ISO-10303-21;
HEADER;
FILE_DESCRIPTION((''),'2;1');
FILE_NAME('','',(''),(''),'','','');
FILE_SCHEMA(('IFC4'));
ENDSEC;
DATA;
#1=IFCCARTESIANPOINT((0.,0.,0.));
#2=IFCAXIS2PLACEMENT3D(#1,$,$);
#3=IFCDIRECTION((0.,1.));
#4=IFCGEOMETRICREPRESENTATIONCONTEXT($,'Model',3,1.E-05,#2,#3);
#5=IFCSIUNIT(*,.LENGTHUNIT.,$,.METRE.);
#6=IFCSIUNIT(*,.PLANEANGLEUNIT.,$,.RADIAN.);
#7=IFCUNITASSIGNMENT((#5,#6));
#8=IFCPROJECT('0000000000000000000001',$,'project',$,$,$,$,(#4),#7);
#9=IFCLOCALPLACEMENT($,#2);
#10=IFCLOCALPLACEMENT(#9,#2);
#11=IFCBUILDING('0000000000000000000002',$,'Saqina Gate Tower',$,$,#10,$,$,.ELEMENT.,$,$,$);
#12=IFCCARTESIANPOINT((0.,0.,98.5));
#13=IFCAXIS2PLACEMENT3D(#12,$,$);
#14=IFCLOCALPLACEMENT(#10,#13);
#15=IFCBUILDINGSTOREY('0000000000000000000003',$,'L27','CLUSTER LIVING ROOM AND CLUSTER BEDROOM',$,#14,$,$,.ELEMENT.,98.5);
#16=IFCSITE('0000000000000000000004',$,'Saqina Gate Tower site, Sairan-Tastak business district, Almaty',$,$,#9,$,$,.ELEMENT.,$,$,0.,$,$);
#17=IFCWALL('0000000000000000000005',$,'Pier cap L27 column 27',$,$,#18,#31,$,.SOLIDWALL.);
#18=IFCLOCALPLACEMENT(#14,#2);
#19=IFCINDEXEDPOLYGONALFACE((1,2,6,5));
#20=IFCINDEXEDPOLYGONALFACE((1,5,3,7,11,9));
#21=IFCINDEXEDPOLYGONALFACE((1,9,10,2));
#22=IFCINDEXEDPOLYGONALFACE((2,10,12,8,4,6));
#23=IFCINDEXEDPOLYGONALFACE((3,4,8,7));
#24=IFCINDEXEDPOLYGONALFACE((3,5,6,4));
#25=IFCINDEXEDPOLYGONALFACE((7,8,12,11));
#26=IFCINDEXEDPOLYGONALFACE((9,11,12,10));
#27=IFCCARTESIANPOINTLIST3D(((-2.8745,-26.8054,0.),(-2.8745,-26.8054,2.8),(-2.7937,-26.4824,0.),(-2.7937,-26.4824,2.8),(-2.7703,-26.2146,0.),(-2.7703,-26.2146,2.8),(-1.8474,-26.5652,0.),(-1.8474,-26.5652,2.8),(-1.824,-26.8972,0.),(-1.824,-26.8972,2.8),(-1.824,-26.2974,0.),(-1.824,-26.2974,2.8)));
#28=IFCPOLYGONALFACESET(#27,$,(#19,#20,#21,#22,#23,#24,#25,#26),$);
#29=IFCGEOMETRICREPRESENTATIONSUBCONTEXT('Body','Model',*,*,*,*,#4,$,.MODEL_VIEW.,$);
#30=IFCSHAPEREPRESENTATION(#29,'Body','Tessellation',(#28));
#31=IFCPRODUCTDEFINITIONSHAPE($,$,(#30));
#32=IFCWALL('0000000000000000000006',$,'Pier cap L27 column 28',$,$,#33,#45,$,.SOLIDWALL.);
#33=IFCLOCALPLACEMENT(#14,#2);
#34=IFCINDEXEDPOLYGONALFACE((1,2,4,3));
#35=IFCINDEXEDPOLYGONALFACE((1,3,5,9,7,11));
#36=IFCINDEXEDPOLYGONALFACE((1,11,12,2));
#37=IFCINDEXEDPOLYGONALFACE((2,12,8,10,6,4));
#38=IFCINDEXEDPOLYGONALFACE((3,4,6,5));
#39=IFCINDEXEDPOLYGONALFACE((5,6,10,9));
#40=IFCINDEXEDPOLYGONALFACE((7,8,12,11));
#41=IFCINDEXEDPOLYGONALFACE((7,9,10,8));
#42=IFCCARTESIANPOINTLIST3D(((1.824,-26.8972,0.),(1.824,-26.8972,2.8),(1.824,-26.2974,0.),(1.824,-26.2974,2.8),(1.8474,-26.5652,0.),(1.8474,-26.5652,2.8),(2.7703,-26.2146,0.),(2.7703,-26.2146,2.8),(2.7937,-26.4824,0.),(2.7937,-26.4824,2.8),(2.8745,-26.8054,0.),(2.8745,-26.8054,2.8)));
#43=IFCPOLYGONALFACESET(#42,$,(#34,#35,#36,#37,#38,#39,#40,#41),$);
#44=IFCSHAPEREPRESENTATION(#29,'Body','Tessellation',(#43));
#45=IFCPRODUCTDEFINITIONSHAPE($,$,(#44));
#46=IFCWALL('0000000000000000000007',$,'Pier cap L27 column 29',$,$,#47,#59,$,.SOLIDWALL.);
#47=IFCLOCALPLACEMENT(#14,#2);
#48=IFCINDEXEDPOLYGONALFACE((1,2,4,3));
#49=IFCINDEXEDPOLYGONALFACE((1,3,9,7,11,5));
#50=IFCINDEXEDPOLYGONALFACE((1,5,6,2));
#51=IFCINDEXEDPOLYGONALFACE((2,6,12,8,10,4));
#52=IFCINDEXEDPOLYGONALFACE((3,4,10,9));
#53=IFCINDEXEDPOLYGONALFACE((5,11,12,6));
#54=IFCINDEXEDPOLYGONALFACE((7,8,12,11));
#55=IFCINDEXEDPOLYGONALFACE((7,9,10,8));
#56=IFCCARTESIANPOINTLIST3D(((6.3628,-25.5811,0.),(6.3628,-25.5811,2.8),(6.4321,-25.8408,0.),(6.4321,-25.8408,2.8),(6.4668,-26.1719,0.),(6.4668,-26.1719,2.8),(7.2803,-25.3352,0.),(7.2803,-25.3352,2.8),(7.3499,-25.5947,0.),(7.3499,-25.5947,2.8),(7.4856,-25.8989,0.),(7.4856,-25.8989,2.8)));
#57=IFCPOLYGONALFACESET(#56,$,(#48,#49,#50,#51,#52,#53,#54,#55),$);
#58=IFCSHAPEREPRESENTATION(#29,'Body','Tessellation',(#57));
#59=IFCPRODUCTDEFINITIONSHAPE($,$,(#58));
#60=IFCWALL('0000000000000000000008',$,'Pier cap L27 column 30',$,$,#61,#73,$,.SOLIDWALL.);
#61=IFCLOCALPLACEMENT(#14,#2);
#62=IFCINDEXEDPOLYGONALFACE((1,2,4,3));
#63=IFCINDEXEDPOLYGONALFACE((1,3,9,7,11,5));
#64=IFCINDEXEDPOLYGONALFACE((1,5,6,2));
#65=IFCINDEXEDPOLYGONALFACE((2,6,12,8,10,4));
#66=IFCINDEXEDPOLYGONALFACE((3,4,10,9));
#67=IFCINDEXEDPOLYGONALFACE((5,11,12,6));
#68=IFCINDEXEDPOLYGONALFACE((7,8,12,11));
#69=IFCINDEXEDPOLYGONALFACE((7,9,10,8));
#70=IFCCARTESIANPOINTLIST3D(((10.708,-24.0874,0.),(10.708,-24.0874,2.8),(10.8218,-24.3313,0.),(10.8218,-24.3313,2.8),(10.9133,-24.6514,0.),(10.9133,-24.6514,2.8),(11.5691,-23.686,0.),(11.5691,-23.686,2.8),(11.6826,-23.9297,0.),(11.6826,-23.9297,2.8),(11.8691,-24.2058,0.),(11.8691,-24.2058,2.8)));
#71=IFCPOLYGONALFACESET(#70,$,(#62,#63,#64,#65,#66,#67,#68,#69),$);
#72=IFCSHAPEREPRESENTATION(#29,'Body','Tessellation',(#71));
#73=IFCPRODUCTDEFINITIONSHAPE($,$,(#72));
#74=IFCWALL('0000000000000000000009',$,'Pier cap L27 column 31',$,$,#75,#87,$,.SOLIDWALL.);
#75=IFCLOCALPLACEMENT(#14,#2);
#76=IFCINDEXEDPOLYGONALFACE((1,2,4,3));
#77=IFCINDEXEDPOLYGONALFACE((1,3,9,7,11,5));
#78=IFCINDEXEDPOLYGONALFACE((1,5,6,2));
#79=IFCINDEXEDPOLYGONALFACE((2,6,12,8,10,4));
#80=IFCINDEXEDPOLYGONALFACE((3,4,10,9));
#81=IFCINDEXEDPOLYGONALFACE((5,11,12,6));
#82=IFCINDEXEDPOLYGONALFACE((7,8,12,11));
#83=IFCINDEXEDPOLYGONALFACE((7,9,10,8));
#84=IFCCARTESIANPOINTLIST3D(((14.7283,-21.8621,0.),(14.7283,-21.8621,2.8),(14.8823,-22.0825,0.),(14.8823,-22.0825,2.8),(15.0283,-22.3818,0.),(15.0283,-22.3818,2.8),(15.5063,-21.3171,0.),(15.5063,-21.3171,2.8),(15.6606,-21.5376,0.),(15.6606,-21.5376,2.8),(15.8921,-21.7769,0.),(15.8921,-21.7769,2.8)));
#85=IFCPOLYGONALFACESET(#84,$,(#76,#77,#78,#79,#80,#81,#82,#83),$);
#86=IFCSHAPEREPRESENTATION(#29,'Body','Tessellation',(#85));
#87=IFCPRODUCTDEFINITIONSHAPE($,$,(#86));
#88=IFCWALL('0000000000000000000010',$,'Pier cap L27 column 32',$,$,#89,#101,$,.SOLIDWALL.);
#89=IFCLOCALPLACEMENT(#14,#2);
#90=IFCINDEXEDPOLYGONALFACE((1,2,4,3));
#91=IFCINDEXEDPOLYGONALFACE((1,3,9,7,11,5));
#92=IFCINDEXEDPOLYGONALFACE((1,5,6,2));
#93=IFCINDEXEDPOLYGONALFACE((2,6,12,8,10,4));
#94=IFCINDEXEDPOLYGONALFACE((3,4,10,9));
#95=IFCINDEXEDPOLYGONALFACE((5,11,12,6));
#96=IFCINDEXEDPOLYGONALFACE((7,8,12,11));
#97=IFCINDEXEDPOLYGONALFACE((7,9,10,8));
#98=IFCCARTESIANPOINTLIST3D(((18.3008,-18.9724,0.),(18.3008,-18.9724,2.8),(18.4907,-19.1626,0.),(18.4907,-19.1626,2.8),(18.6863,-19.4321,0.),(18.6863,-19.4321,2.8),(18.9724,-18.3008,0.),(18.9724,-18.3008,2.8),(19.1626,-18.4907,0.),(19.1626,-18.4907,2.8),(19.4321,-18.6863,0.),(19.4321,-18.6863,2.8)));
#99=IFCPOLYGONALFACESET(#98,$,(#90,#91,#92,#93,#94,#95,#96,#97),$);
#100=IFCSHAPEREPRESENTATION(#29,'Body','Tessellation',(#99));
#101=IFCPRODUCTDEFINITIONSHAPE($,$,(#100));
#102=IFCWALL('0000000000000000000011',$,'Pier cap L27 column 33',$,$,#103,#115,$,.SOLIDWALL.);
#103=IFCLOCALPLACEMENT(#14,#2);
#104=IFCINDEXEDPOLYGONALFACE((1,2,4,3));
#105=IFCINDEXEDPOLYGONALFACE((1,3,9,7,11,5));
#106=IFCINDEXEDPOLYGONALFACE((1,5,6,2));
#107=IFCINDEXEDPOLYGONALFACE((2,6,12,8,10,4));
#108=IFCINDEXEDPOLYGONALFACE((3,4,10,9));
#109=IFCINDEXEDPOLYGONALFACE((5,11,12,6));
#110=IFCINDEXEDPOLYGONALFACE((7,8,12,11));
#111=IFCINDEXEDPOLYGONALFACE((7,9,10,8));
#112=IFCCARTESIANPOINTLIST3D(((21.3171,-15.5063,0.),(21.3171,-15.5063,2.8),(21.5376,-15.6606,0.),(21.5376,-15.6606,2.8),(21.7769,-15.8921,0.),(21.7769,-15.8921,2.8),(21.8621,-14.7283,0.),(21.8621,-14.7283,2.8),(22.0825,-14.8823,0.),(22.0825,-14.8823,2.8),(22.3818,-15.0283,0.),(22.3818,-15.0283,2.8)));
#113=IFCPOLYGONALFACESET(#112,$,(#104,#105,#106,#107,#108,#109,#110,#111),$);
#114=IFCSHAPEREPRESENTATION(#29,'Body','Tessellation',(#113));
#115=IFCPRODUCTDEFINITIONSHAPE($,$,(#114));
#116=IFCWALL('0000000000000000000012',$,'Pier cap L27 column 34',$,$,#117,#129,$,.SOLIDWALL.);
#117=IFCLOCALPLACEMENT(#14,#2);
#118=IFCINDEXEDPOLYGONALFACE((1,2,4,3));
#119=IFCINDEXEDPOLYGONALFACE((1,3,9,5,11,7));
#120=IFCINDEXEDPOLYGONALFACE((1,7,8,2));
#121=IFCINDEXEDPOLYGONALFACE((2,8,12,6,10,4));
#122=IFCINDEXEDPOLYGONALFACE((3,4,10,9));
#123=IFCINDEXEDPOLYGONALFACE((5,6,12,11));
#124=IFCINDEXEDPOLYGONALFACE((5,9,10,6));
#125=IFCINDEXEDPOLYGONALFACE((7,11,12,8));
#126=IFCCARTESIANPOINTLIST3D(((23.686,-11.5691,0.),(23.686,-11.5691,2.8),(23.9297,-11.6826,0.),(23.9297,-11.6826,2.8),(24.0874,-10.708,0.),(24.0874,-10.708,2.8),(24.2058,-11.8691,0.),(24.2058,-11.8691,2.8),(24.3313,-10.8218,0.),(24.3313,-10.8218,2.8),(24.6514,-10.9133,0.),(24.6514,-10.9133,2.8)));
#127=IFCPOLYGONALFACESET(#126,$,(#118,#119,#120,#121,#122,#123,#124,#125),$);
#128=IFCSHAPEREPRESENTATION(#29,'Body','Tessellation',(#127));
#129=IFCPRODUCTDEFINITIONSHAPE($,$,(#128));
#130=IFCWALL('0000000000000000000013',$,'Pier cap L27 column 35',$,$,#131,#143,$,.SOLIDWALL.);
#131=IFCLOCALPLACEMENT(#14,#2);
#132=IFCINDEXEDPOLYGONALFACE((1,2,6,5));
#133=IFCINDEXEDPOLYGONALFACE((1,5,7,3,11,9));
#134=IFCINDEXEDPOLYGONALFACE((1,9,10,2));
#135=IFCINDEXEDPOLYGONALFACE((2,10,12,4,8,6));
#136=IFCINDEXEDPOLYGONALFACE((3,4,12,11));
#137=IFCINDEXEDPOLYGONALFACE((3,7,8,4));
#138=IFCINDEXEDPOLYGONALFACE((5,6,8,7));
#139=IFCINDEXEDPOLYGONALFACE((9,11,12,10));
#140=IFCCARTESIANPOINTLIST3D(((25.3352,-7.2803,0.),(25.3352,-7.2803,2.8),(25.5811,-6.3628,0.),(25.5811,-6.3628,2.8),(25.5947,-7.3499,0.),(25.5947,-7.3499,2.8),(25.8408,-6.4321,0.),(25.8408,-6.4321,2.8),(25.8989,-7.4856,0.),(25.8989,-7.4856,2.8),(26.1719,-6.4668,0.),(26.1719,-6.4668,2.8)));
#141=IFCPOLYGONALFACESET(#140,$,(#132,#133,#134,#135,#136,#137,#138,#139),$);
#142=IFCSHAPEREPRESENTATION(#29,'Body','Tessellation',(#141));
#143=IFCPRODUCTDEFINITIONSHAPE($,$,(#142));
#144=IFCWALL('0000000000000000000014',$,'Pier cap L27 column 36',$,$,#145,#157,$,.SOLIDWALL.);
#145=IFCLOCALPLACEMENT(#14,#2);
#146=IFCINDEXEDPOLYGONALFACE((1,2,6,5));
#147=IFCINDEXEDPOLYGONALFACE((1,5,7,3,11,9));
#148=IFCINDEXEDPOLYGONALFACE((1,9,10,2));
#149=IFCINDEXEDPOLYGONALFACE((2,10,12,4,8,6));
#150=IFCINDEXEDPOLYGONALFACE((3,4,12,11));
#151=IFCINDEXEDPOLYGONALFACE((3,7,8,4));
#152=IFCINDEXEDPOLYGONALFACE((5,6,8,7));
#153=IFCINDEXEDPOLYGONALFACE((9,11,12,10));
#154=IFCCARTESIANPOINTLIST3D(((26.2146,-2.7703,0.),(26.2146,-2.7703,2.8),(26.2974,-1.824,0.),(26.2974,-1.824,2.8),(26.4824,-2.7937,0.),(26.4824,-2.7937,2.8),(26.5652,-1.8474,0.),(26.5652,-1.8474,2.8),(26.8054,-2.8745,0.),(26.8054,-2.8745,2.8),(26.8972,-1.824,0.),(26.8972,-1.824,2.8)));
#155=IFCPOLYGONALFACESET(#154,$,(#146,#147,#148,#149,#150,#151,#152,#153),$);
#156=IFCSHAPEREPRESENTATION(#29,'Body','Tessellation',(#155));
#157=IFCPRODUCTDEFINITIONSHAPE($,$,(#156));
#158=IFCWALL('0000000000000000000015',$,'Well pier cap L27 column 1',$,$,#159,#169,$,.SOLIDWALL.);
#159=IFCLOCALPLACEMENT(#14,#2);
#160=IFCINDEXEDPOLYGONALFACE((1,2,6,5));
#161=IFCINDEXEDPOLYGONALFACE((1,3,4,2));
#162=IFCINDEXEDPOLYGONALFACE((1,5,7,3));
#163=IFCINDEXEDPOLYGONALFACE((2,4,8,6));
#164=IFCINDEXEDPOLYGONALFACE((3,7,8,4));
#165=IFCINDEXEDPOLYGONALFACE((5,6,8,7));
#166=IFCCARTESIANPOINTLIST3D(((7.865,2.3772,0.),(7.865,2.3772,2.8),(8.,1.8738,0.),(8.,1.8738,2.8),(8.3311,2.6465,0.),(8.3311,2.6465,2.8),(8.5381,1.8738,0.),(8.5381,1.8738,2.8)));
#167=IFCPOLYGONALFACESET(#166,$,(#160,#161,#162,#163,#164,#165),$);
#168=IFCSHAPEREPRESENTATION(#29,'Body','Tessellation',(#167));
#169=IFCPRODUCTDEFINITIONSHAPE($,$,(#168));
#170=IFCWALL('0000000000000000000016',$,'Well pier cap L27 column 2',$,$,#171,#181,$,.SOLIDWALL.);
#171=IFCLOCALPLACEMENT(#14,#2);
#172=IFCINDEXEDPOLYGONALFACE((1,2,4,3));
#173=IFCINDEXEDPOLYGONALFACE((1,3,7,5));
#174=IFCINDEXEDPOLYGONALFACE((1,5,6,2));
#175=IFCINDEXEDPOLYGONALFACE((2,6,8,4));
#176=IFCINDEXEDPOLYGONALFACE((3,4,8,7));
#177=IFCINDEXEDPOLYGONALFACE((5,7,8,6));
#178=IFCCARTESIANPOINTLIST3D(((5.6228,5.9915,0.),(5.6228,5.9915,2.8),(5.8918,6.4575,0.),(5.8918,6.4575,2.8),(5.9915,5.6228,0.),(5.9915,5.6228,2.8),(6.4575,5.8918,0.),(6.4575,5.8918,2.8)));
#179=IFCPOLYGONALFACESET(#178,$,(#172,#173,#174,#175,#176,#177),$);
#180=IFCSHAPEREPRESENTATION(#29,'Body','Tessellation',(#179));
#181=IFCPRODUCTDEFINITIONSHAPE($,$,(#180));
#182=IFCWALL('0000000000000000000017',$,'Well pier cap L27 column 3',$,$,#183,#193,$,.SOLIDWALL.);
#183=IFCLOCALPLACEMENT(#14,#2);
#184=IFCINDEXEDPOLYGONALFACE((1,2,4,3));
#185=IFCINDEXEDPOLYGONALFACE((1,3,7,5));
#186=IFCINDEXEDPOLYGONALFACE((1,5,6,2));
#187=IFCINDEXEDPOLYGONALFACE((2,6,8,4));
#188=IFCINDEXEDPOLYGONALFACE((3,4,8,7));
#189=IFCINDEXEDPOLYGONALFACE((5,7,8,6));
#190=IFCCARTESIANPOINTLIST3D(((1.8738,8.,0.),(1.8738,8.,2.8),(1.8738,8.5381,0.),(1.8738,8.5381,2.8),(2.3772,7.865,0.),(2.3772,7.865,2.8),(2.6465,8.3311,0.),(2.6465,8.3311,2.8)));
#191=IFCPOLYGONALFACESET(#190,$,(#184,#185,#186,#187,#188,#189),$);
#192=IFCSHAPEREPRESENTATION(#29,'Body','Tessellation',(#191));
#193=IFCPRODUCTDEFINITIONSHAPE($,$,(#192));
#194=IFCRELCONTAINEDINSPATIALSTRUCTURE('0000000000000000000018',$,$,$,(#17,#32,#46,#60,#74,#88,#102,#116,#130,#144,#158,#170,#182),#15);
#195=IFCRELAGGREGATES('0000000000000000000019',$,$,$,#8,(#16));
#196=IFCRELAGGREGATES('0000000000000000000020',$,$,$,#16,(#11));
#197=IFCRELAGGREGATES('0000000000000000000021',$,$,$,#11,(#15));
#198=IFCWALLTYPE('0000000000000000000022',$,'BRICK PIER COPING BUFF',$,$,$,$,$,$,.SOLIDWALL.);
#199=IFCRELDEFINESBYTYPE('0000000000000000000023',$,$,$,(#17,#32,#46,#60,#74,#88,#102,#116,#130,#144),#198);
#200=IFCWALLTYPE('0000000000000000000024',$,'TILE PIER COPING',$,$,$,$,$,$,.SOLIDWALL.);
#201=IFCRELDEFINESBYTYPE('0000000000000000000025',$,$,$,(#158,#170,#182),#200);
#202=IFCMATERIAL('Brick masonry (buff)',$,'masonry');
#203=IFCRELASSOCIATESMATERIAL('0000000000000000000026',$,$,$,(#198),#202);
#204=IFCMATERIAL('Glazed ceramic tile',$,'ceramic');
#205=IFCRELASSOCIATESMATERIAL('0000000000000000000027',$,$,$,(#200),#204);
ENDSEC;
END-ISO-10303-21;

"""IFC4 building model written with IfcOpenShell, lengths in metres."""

from ifc_helpers import new_model, si_unit, direction, frame, origin, place, context, subcontext, project, spatial, polyline, outline, extrude, material, type_object, element, save


model = new_model("IFC4")

# Units and contexts
model_context = context("Model", 3, precision=1e-05, world=origin(), true_north=direction((0.0, 1.0)))
body_context = subcontext(model_context, "Body", "Model", "MODEL_VIEW")
ifc_project = project(units=[si_unit("LENGTHUNIT", "METRE"), si_unit("PLANEANGLEUNIT", "RADIAN")], contexts=[model_context])

# Site, building, storey
site_placement = place(None, origin())
site = spatial("IfcSite", under=ifc_project, at=site_placement, Name="Saqina Gate Tower site, Sairan-Tastak business district, Almaty", CompositionType="ELEMENT", RefElevation=0.0)
building_placement = place(site_placement, origin())
building = spatial("IfcBuilding", under=site, at=building_placement, Name="Saqina Gate Tower", CompositionType="ELEMENT")
storey_placement = place(building_placement, frame((0.0, 0.0, 98.5)))
storey = spatial("IfcBuildingStorey", under=building, at=storey_placement, Name="L27", Description="CLUSTER LIVING ROOM AND CLUSTER BEDROOM", CompositionType="ELEMENT", Elevation=98.5)

# Walls
ifc_material_1 = material(Name="Brick masonry (buff)", Category="masonry")
wall_type_1 = type_object("IfcWallType", Name="BRICK PIER COPING BUFF", PredefinedType="SOLIDWALL", material=ifc_material_1)
wall_1_placement = place(storey_placement, origin())
element("IfcWall", 1, at=wall_1_placement, inside=storey, type_object=wall_type_1, Name="Pier cap L27 column 27", PredefinedType="SOLIDWALL", context=body_context, shape_type="SweptSolid", body=[
    extrude(outline(polyline([(-2.8745, -26.8054), (-1.824, -26.8972), (-1.824, -26.2974), (-1.8474, -26.5652), (-2.7937, -26.4824), (-2.7703, -26.2146), (-2.8745, -26.8054)])), origin(), (0.0, 0.0, 1.0), 2.8),
])
wall_2_placement = place(storey_placement, origin())
element("IfcWall", 2, at=wall_2_placement, inside=storey, type_object=wall_type_1, Name="Pier cap L27 column 28", PredefinedType="SOLIDWALL", context=body_context, shape_type="SweptSolid", body=[
    extrude(outline(polyline([(2.8745, -26.8054), (2.7703, -26.2146), (2.7937, -26.4824), (1.8474, -26.5652), (1.824, -26.2974), (1.824, -26.8972), (2.8745, -26.8054)])), origin(), (0.0, 0.0, 1.0), 2.8),
])
wall_3_placement = place(storey_placement, origin())
element("IfcWall", 3, at=wall_3_placement, inside=storey, type_object=wall_type_1, Name="Pier cap L27 column 29", PredefinedType="SOLIDWALL", context=body_context, shape_type="SweptSolid", body=[
    extrude(outline(polyline([(6.4668, -26.1719), (7.4856, -25.8989), (7.2803, -25.3352), (7.3499, -25.5947), (6.4321, -25.8408), (6.3628, -25.5811), (6.4668, -26.1719)])), origin(), (0.0, 0.0, 1.0), 2.8),
])
wall_4_placement = place(storey_placement, origin())
element("IfcWall", 4, at=wall_4_placement, inside=storey, type_object=wall_type_1, Name="Pier cap L27 column 30", PredefinedType="SOLIDWALL", context=body_context, shape_type="SweptSolid", body=[
    extrude(outline(polyline([(10.9133, -24.6514), (11.8691, -24.2058), (11.5691, -23.686), (11.6826, -23.9297), (10.8218, -24.3313), (10.708, -24.0874), (10.9133, -24.6514)])), origin(), (0.0, 0.0, 1.0), 2.8),
])
wall_5_placement = place(storey_placement, origin())
element("IfcWall", 5, at=wall_5_placement, inside=storey, type_object=wall_type_1, Name="Pier cap L27 column 31", PredefinedType="SOLIDWALL", context=body_context, shape_type="SweptSolid", body=[
    extrude(outline(polyline([(15.8921, -21.7769), (15.5063, -21.3171), (15.6606, -21.5376), (14.8823, -22.0825), (14.7283, -21.8621), (15.0283, -22.3818), (15.8921, -21.7769)])), origin(), (0.0, 0.0, 1.0), 2.8),
])
wall_6_placement = place(storey_placement, origin())
element("IfcWall", 6, at=wall_6_placement, inside=storey, type_object=wall_type_1, Name="Pier cap L27 column 32", PredefinedType="SOLIDWALL", context=body_context, shape_type="SweptSolid", body=[
    extrude(outline(polyline([(18.6863, -19.4321), (19.4321, -18.6863), (18.9724, -18.3008), (19.1626, -18.4907), (18.4907, -19.1626), (18.3008, -18.9724), (18.6863, -19.4321)])), origin(), (0.0, 0.0, 1.0), 2.8),
])
wall_7_placement = place(storey_placement, origin())
element("IfcWall", 7, at=wall_7_placement, inside=storey, type_object=wall_type_1, Name="Pier cap L27 column 33", PredefinedType="SOLIDWALL", context=body_context, shape_type="SweptSolid", body=[
    extrude(outline(polyline([(22.3818, -15.0283), (21.8621, -14.7283), (22.0825, -14.8823), (21.5376, -15.6606), (21.3171, -15.5063), (21.7769, -15.8921), (22.3818, -15.0283)])), origin(), (0.0, 0.0, 1.0), 2.8),
])
wall_8_placement = place(storey_placement, origin())
element("IfcWall", 8, at=wall_8_placement, inside=storey, type_object=wall_type_1, Name="Pier cap L27 column 34", PredefinedType="SOLIDWALL", context=body_context, shape_type="SweptSolid", body=[
    extrude(outline(polyline([(24.6514, -10.9133), (24.0874, -10.708), (24.3313, -10.8218), (23.9297, -11.6826), (23.686, -11.5691), (24.2058, -11.8691), (24.6514, -10.9133)])), origin(), (0.0, 0.0, 1.0), 2.8),
])
wall_9_placement = place(storey_placement, origin())
element("IfcWall", 9, at=wall_9_placement, inside=storey, type_object=wall_type_1, Name="Pier cap L27 column 35", PredefinedType="SOLIDWALL", context=body_context, shape_type="SweptSolid", body=[
    extrude(outline(polyline([(25.8989, -7.4856), (26.1719, -6.4668), (25.5811, -6.3628), (25.8408, -6.4321), (25.5947, -7.3499), (25.3352, -7.2803), (25.8989, -7.4856)])), origin(), (0.0, 0.0, 1.0), 2.8),
])
wall_10_placement = place(storey_placement, origin())
element("IfcWall", 10, at=wall_10_placement, inside=storey, type_object=wall_type_1, Name="Pier cap L27 column 36", PredefinedType="SOLIDWALL", context=body_context, shape_type="SweptSolid", body=[
    extrude(outline(polyline([(26.8054, -2.8745), (26.8972, -1.824), (26.2974, -1.824), (26.5652, -1.8474), (26.4824, -2.7937), (26.2146, -2.7703), (26.8054, -2.8745)])), origin(), (0.0, 0.0, 1.0), 2.8),
])
ifc_material_2 = material(Name="Glazed ceramic tile", Category="ceramic")
wall_type_2 = type_object("IfcWallType", Name="TILE PIER COPING", PredefinedType="SOLIDWALL", material=ifc_material_2)
wall_11_placement = place(storey_placement, origin())
element("IfcWall", 11, at=wall_11_placement, inside=storey, type_object=wall_type_2, Name="Well pier cap L27 column 1", PredefinedType="SOLIDWALL", context=body_context, shape_type="SweptSolid", body=[
    extrude(outline(polyline([(8.3311, 2.6465), (7.865, 2.3772), (8.0, 1.8738), (8.5381, 1.8738), (8.3311, 2.6465)])), origin(), (0.0, 0.0, 1.0), 2.8),
])
wall_12_placement = place(storey_placement, origin())
element("IfcWall", 12, at=wall_12_placement, inside=storey, type_object=wall_type_2, Name="Well pier cap L27 column 2", PredefinedType="SOLIDWALL", context=body_context, shape_type="SweptSolid", body=[
    extrude(outline(polyline([(5.8918, 6.4575), (5.6228, 5.9915), (5.9915, 5.6228), (6.4575, 5.8918), (5.8918, 6.4575)])), origin(), (0.0, 0.0, 1.0), 2.8),
])
wall_13_placement = place(storey_placement, origin())
element("IfcWall", 13, at=wall_13_placement, inside=storey, type_object=wall_type_2, Name="Well pier cap L27 column 3", PredefinedType="SOLIDWALL", context=body_context, shape_type="SweptSolid", body=[
    extrude(outline(polyline([(1.8738, 8.5381), (1.8738, 8.0), (2.3772, 7.865), (2.6465, 8.3311), (1.8738, 8.5381)])), origin(), (0.0, 0.0, 1.0), 2.8),
])

save(model, "model.ifc")
